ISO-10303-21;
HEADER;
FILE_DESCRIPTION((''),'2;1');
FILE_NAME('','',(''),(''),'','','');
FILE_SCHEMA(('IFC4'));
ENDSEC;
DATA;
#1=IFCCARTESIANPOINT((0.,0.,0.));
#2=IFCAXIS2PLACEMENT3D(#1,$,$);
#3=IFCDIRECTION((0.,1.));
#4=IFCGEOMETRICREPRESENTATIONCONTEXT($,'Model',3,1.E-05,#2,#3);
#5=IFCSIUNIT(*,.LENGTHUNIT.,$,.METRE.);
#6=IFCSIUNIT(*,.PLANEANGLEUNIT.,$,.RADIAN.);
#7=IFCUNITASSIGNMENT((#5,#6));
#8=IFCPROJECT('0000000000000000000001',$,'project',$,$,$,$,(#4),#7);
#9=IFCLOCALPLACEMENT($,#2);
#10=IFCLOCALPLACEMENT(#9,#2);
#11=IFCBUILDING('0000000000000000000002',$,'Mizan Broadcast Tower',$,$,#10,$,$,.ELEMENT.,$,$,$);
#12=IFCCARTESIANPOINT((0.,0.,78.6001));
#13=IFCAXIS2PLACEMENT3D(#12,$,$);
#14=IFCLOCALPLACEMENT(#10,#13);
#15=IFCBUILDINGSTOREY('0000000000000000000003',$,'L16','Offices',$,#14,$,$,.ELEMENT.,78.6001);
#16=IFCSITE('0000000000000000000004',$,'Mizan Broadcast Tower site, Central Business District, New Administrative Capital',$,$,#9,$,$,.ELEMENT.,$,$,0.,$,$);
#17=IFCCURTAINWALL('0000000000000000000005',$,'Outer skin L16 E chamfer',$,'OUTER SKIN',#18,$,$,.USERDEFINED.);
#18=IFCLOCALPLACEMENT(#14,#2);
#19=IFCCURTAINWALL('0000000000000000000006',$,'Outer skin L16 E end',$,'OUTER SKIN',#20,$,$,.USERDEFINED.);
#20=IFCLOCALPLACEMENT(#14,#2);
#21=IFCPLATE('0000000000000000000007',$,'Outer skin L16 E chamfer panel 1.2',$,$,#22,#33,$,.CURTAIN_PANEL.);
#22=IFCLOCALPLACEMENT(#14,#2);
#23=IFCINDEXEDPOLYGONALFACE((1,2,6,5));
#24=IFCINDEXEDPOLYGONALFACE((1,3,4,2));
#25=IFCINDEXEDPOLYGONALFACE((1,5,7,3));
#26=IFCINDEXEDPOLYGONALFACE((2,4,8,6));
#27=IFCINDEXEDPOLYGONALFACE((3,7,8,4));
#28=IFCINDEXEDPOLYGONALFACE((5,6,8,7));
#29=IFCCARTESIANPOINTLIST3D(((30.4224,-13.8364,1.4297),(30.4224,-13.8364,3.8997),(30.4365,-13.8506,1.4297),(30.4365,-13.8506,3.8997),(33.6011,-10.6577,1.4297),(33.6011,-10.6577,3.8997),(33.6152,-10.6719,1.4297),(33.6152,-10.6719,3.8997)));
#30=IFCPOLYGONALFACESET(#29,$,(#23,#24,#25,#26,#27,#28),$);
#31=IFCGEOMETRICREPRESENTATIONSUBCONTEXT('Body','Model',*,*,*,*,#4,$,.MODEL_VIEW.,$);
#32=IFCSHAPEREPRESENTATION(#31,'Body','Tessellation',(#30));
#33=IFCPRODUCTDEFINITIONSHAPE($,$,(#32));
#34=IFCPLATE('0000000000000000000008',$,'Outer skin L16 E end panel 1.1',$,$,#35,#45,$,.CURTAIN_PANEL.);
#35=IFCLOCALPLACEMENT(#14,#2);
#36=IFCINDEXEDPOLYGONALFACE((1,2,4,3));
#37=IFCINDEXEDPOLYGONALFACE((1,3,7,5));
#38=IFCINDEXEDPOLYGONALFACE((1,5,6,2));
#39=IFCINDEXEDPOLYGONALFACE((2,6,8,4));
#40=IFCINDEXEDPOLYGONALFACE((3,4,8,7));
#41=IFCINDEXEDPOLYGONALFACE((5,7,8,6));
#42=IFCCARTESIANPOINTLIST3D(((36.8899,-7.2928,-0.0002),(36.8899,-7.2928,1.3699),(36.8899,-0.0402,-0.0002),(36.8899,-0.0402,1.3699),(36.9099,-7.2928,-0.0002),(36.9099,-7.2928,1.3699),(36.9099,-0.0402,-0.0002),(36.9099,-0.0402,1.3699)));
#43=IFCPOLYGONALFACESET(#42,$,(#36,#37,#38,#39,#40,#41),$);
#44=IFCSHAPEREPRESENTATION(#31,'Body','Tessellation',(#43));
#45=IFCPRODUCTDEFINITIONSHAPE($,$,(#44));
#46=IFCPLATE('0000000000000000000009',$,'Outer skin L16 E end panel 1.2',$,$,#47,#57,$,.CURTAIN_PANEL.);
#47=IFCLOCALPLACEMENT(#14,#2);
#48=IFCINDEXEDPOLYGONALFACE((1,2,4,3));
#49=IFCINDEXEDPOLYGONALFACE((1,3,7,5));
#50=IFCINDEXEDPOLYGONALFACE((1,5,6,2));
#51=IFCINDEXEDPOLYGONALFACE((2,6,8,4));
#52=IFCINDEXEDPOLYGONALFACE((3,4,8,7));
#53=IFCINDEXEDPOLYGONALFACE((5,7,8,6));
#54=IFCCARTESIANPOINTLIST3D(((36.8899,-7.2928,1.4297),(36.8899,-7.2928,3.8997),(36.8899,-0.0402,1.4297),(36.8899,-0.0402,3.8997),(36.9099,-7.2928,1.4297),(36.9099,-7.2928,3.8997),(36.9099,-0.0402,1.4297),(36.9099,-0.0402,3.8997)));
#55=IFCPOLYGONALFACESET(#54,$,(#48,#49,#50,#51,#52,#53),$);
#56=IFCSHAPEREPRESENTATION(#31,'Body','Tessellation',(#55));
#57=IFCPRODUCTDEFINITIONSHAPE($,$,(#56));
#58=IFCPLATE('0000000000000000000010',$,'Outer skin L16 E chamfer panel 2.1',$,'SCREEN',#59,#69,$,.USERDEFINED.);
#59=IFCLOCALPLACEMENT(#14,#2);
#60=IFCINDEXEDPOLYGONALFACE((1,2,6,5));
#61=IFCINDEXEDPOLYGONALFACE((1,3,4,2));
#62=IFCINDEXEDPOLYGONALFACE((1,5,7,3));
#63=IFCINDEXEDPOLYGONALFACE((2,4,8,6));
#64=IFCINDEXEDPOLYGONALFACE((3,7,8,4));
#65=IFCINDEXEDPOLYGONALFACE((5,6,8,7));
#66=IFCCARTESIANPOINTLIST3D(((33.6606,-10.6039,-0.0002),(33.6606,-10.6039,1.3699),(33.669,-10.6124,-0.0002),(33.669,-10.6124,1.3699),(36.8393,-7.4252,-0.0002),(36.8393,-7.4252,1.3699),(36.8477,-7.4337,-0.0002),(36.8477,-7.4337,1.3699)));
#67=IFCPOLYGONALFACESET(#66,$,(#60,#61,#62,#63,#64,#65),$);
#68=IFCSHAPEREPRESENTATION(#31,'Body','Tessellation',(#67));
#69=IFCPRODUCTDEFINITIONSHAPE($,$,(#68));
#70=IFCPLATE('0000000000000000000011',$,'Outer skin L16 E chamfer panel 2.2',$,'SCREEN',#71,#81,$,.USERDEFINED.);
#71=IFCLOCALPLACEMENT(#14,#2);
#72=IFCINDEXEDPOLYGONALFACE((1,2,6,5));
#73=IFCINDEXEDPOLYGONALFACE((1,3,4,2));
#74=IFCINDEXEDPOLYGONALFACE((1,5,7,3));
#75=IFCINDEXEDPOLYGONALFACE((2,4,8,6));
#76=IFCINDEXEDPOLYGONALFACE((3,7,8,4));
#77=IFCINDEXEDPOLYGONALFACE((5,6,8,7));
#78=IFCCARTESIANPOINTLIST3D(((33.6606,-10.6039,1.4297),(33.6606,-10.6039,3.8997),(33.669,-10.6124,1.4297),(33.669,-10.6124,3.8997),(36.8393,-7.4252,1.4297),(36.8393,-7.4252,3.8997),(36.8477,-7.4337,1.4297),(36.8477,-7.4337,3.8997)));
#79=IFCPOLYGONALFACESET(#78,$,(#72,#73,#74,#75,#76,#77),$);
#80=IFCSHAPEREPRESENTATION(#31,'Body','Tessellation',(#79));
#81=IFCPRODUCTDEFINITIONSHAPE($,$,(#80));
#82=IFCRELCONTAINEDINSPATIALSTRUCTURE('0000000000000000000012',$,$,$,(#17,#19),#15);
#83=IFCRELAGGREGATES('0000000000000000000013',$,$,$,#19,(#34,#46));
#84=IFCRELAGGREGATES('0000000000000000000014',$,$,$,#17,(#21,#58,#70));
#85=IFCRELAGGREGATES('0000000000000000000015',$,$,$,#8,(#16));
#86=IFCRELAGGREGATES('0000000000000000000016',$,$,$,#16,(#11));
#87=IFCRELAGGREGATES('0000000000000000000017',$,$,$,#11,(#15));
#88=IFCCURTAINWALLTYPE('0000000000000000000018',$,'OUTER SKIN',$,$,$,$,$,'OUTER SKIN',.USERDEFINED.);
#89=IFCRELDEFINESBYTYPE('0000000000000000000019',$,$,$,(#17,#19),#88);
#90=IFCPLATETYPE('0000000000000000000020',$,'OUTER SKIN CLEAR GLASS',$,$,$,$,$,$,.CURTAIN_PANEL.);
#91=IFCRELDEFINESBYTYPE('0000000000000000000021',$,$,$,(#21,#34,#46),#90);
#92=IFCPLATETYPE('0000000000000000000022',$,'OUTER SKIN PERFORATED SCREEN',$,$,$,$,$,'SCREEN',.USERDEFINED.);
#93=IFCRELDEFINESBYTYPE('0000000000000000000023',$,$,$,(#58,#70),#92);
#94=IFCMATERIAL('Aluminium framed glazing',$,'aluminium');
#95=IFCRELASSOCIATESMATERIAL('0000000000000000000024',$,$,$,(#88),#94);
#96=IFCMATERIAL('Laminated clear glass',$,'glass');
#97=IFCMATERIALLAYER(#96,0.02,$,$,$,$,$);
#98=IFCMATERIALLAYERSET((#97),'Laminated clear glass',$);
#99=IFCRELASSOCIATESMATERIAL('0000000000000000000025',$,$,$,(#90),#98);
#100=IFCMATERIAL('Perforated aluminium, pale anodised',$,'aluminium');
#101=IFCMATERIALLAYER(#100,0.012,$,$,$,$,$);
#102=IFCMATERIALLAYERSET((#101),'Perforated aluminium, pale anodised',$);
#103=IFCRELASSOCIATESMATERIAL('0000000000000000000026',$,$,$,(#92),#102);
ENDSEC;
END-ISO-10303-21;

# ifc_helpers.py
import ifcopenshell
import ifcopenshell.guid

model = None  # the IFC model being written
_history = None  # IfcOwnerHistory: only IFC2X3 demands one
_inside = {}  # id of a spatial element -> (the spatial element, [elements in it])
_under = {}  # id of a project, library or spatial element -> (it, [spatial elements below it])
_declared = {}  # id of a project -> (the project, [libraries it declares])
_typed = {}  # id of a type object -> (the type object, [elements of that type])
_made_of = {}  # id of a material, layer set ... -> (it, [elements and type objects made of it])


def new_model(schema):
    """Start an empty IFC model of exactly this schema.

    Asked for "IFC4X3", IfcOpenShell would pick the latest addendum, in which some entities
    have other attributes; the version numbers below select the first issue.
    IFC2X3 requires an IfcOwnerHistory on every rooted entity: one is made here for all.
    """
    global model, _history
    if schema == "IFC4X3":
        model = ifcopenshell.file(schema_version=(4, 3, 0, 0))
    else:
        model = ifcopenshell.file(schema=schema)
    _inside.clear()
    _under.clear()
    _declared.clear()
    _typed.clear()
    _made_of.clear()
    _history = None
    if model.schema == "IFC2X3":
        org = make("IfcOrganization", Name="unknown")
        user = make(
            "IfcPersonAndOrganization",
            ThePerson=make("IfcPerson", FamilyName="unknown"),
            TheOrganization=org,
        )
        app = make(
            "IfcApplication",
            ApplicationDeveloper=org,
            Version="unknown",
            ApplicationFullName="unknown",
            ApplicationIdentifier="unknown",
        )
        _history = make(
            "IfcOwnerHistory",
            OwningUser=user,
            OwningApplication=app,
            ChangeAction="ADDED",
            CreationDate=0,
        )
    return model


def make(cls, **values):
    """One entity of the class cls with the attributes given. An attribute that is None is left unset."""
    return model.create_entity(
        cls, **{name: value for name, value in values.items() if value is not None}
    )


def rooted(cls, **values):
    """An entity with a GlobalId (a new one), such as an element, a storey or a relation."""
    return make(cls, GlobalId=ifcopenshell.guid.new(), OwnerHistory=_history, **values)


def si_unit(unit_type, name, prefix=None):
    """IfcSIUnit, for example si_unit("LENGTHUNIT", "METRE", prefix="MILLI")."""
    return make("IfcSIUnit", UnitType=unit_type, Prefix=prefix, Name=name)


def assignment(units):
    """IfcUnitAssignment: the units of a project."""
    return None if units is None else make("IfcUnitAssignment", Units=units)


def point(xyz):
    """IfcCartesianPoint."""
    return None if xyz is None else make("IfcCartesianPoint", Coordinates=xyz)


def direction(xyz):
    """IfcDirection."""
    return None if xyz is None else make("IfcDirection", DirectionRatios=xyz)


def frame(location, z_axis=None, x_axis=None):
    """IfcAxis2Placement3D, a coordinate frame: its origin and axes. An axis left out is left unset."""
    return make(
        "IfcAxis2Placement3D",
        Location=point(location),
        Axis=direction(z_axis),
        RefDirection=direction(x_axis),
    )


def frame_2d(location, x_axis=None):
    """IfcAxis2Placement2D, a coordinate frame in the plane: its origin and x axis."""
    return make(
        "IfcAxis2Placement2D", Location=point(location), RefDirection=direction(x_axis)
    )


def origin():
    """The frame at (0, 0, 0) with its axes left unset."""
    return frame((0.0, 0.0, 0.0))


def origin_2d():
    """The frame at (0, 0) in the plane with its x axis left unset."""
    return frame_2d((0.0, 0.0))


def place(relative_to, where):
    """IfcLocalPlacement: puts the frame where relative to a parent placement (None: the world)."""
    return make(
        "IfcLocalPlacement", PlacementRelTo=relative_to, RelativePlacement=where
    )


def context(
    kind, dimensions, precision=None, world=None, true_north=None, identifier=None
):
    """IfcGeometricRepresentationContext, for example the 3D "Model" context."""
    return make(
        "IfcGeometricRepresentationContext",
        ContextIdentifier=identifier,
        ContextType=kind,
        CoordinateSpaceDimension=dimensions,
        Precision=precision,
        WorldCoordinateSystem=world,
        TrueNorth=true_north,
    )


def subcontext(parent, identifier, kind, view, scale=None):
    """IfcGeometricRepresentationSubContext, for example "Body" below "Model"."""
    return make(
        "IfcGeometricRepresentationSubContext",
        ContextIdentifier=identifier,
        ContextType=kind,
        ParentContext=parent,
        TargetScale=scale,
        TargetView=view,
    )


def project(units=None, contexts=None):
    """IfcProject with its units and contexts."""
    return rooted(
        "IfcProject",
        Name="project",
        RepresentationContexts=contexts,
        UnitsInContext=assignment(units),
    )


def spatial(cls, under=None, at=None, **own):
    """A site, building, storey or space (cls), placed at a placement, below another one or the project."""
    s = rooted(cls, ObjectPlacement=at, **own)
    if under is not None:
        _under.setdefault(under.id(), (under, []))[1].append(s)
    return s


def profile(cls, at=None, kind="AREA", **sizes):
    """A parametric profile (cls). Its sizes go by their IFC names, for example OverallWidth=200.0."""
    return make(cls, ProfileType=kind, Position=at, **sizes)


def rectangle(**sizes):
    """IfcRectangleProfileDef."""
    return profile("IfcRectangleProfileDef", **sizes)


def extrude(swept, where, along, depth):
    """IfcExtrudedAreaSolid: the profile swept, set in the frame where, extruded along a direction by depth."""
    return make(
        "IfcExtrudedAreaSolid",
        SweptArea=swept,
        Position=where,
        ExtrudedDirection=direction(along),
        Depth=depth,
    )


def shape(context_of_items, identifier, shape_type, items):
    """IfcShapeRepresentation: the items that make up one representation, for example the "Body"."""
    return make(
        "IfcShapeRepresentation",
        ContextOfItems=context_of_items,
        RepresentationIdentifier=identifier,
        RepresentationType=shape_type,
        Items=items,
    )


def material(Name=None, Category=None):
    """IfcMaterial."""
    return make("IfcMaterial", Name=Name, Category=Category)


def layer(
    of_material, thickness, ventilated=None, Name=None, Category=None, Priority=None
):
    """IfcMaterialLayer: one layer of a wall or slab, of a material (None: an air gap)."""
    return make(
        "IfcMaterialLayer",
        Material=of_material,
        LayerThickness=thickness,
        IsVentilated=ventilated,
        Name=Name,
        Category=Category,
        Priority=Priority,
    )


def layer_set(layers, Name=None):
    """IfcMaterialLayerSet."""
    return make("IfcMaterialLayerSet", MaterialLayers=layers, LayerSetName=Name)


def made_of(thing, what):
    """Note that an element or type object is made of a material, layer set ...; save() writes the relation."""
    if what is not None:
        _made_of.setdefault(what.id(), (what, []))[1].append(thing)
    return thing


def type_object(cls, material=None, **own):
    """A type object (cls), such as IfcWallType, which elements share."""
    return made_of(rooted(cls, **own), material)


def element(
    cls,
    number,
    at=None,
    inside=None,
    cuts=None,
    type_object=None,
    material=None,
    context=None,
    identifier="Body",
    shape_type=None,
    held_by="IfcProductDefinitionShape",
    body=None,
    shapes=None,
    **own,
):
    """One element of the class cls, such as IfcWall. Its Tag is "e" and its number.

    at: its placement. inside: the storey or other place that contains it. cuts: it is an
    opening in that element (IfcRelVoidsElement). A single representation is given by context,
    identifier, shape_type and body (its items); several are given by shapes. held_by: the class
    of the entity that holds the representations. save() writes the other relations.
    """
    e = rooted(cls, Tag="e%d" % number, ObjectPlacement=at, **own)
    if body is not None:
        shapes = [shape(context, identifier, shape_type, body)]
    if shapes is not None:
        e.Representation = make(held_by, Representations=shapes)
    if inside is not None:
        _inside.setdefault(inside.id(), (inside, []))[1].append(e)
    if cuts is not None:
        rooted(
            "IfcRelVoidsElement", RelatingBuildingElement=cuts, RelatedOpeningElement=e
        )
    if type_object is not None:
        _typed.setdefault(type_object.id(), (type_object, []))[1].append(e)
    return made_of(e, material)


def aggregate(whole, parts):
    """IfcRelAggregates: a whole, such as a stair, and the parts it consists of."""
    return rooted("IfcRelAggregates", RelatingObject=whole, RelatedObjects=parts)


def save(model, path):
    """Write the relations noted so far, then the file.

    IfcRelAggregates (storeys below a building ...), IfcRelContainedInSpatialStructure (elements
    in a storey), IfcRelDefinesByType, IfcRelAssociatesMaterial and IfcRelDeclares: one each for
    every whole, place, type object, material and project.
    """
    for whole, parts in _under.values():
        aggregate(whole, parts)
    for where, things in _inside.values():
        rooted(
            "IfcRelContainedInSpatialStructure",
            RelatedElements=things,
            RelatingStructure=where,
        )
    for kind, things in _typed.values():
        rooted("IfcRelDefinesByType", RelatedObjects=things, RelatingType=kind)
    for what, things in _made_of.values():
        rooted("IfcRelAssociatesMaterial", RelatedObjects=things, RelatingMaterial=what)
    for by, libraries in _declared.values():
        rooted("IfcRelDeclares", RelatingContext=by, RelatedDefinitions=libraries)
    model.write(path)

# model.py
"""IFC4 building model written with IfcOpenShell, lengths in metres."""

from ifc_helpers import new_model, si_unit, direction, frame, origin, origin_2d, place, context, subcontext, project, spatial, rectangle, extrude, material, layer, layer_set, type_object, element, aggregate, save


model = new_model("IFC4")

# Units and contexts
model_context = context("Model", 3, precision=1e-05, world=origin(), true_north=direction((0.0, 1.0)))
body_context = subcontext(model_context, "Body", "Model", "MODEL_VIEW")
ifc_project = project(units=[si_unit("LENGTHUNIT", "METRE"), si_unit("PLANEANGLEUNIT", "RADIAN")], contexts=[model_context])

# Site, building, storey
site_placement = place(None, origin())
site = spatial("IfcSite", under=ifc_project, at=site_placement, Name="Mizan Broadcast Tower site, Central Business District, New Administrative Capital", CompositionType="ELEMENT", RefElevation=0.0)
building_placement = place(site_placement, origin())
building = spatial("IfcBuilding", under=site, at=building_placement, Name="Mizan Broadcast Tower", CompositionType="ELEMENT")
storey_placement = place(building_placement, frame((0.0, 0.0, 78.6001)))
storey = spatial("IfcBuildingStorey", under=building, at=storey_placement, Name="L16", Description="Offices", CompositionType="ELEMENT", Elevation=78.6001)

# Curtain wall
ifc_material_1 = material(Name="Aluminium framed glazing", Category="aluminium")
curtain_wall_type_1 = type_object("IfcCurtainWallType", Name="OUTER SKIN", ElementType="OUTER SKIN", PredefinedType="USERDEFINED", material=ifc_material_1)
curtain_wall_1_placement = place(storey_placement, origin())
curtain_wall_1 = element("IfcCurtainWall", 1, at=curtain_wall_1_placement, inside=storey, type_object=curtain_wall_type_1, Name="Outer skin L16 E chamfer", ObjectType="OUTER SKIN", PredefinedType="USERDEFINED")

# Curtain wall
curtain_wall_2_placement = place(storey_placement, origin())
curtain_wall_2 = element("IfcCurtainWall", 2, at=curtain_wall_2_placement, inside=storey, type_object=curtain_wall_type_1, Name="Outer skin L16 E end", ObjectType="OUTER SKIN", PredefinedType="USERDEFINED")

# Plates
ifc_material_2 = material(Name="Laminated clear glass", Category="glass")
ifc_layer_1 = layer(ifc_material_2, 0.02)
ifc_layer_set_1 = layer_set([ifc_layer_1], Name="Laminated clear glass")
plate_type_1 = type_object("IfcPlateType", Name="OUTER SKIN CLEAR GLASS", PredefinedType="CURTAIN_PANEL", material=ifc_layer_set_1)
plate_1_placement = place(storey_placement, frame((32.0188, -12.2542, 1.4297), z_axis=(0.0, 0.0, 1.0), x_axis=(0.707107, 0.707107, 0.0)))
plate_1 = element("IfcPlate", 3, at=plate_1_placement, type_object=plate_type_1, Name="Outer skin L16 E chamfer panel 1.2", PredefinedType="CURTAIN_PANEL", context=body_context, shape_type="SweptSolid", body=[
    extrude(rectangle(XDim=4.4954, YDim=0.02, at=origin_2d()), origin(), (0.0, 0.0, 1.0), 2.47),
])
plate_2_placement = place(storey_placement, frame((36.8999, -3.6665, -0.0002), z_axis=(0.0, 0.0, 1.0), x_axis=(0.0, 1.0, 0.0)))
plate_2 = element("IfcPlate", 4, at=plate_2_placement, type_object=plate_type_1, Name="Outer skin L16 E end panel 1.1", PredefinedType="CURTAIN_PANEL", context=body_context, shape_type="SweptSolid", body=[
    extrude(rectangle(XDim=7.2527, YDim=0.02, at=origin_2d()), origin(), (0.0, 0.0, 1.0), 1.3701),
])
plate_3_placement = place(storey_placement, frame((36.8999, -3.6665, 1.4297), z_axis=(0.0, 0.0, 1.0), x_axis=(0.0, 1.0, 0.0)))
plate_3 = element("IfcPlate", 5, at=plate_3_placement, type_object=plate_type_1, Name="Outer skin L16 E end panel 1.2", PredefinedType="CURTAIN_PANEL", context=body_context, shape_type="SweptSolid", body=[
    extrude(rectangle(XDim=7.2527, YDim=0.02, at=origin_2d()), origin(), (0.0, 0.0, 1.0), 2.47),
])
aggregate(curtain_wall_2, [plate_2, plate_3])
ifc_material_3 = material(Name="Perforated aluminium, pale anodised", Category="aluminium")
ifc_layer_2 = layer(ifc_material_3, 0.012)
ifc_layer_set_2 = layer_set([ifc_layer_2], Name="Perforated aluminium, pale anodised")
plate_type_2 = type_object("IfcPlateType", Name="OUTER SKIN PERFORATED SCREEN", ElementType="SCREEN", PredefinedType="USERDEFINED", material=ifc_layer_set_2)
plate_4_placement = place(storey_placement, frame((35.2542, -9.0188, -0.0002), z_axis=(0.0, 0.0, 1.0), x_axis=(0.707107, 0.707107, 0.0)))
plate_4 = element("IfcPlate", 6, at=plate_4_placement, type_object=plate_type_2, Name="Outer skin L16 E chamfer panel 2.1", ObjectType="SCREEN", PredefinedType="USERDEFINED", context=body_context, shape_type="SweptSolid", body=[
    extrude(rectangle(XDim=4.4954, YDim=0.012, at=origin_2d()), origin(), (0.0, 0.0, 1.0), 1.3701),
])
plate_5_placement = place(storey_placement, frame((35.2542, -9.0188, 1.4297), z_axis=(0.0, 0.0, 1.0), x_axis=(0.707107, 0.707107, 0.0)))
plate_5 = element("IfcPlate", 7, at=plate_5_placement, type_object=plate_type_2, Name="Outer skin L16 E chamfer panel 2.2", ObjectType="SCREEN", PredefinedType="USERDEFINED", context=body_context, shape_type="SweptSolid", body=[
    extrude(rectangle(XDim=4.4954, YDim=0.012, at=origin_2d()), origin(), (0.0, 0.0, 1.0), 2.47),
])
aggregate(curtain_wall_1, [plate_1, plate_4, plate_5])

save(model, "model.ifc")
